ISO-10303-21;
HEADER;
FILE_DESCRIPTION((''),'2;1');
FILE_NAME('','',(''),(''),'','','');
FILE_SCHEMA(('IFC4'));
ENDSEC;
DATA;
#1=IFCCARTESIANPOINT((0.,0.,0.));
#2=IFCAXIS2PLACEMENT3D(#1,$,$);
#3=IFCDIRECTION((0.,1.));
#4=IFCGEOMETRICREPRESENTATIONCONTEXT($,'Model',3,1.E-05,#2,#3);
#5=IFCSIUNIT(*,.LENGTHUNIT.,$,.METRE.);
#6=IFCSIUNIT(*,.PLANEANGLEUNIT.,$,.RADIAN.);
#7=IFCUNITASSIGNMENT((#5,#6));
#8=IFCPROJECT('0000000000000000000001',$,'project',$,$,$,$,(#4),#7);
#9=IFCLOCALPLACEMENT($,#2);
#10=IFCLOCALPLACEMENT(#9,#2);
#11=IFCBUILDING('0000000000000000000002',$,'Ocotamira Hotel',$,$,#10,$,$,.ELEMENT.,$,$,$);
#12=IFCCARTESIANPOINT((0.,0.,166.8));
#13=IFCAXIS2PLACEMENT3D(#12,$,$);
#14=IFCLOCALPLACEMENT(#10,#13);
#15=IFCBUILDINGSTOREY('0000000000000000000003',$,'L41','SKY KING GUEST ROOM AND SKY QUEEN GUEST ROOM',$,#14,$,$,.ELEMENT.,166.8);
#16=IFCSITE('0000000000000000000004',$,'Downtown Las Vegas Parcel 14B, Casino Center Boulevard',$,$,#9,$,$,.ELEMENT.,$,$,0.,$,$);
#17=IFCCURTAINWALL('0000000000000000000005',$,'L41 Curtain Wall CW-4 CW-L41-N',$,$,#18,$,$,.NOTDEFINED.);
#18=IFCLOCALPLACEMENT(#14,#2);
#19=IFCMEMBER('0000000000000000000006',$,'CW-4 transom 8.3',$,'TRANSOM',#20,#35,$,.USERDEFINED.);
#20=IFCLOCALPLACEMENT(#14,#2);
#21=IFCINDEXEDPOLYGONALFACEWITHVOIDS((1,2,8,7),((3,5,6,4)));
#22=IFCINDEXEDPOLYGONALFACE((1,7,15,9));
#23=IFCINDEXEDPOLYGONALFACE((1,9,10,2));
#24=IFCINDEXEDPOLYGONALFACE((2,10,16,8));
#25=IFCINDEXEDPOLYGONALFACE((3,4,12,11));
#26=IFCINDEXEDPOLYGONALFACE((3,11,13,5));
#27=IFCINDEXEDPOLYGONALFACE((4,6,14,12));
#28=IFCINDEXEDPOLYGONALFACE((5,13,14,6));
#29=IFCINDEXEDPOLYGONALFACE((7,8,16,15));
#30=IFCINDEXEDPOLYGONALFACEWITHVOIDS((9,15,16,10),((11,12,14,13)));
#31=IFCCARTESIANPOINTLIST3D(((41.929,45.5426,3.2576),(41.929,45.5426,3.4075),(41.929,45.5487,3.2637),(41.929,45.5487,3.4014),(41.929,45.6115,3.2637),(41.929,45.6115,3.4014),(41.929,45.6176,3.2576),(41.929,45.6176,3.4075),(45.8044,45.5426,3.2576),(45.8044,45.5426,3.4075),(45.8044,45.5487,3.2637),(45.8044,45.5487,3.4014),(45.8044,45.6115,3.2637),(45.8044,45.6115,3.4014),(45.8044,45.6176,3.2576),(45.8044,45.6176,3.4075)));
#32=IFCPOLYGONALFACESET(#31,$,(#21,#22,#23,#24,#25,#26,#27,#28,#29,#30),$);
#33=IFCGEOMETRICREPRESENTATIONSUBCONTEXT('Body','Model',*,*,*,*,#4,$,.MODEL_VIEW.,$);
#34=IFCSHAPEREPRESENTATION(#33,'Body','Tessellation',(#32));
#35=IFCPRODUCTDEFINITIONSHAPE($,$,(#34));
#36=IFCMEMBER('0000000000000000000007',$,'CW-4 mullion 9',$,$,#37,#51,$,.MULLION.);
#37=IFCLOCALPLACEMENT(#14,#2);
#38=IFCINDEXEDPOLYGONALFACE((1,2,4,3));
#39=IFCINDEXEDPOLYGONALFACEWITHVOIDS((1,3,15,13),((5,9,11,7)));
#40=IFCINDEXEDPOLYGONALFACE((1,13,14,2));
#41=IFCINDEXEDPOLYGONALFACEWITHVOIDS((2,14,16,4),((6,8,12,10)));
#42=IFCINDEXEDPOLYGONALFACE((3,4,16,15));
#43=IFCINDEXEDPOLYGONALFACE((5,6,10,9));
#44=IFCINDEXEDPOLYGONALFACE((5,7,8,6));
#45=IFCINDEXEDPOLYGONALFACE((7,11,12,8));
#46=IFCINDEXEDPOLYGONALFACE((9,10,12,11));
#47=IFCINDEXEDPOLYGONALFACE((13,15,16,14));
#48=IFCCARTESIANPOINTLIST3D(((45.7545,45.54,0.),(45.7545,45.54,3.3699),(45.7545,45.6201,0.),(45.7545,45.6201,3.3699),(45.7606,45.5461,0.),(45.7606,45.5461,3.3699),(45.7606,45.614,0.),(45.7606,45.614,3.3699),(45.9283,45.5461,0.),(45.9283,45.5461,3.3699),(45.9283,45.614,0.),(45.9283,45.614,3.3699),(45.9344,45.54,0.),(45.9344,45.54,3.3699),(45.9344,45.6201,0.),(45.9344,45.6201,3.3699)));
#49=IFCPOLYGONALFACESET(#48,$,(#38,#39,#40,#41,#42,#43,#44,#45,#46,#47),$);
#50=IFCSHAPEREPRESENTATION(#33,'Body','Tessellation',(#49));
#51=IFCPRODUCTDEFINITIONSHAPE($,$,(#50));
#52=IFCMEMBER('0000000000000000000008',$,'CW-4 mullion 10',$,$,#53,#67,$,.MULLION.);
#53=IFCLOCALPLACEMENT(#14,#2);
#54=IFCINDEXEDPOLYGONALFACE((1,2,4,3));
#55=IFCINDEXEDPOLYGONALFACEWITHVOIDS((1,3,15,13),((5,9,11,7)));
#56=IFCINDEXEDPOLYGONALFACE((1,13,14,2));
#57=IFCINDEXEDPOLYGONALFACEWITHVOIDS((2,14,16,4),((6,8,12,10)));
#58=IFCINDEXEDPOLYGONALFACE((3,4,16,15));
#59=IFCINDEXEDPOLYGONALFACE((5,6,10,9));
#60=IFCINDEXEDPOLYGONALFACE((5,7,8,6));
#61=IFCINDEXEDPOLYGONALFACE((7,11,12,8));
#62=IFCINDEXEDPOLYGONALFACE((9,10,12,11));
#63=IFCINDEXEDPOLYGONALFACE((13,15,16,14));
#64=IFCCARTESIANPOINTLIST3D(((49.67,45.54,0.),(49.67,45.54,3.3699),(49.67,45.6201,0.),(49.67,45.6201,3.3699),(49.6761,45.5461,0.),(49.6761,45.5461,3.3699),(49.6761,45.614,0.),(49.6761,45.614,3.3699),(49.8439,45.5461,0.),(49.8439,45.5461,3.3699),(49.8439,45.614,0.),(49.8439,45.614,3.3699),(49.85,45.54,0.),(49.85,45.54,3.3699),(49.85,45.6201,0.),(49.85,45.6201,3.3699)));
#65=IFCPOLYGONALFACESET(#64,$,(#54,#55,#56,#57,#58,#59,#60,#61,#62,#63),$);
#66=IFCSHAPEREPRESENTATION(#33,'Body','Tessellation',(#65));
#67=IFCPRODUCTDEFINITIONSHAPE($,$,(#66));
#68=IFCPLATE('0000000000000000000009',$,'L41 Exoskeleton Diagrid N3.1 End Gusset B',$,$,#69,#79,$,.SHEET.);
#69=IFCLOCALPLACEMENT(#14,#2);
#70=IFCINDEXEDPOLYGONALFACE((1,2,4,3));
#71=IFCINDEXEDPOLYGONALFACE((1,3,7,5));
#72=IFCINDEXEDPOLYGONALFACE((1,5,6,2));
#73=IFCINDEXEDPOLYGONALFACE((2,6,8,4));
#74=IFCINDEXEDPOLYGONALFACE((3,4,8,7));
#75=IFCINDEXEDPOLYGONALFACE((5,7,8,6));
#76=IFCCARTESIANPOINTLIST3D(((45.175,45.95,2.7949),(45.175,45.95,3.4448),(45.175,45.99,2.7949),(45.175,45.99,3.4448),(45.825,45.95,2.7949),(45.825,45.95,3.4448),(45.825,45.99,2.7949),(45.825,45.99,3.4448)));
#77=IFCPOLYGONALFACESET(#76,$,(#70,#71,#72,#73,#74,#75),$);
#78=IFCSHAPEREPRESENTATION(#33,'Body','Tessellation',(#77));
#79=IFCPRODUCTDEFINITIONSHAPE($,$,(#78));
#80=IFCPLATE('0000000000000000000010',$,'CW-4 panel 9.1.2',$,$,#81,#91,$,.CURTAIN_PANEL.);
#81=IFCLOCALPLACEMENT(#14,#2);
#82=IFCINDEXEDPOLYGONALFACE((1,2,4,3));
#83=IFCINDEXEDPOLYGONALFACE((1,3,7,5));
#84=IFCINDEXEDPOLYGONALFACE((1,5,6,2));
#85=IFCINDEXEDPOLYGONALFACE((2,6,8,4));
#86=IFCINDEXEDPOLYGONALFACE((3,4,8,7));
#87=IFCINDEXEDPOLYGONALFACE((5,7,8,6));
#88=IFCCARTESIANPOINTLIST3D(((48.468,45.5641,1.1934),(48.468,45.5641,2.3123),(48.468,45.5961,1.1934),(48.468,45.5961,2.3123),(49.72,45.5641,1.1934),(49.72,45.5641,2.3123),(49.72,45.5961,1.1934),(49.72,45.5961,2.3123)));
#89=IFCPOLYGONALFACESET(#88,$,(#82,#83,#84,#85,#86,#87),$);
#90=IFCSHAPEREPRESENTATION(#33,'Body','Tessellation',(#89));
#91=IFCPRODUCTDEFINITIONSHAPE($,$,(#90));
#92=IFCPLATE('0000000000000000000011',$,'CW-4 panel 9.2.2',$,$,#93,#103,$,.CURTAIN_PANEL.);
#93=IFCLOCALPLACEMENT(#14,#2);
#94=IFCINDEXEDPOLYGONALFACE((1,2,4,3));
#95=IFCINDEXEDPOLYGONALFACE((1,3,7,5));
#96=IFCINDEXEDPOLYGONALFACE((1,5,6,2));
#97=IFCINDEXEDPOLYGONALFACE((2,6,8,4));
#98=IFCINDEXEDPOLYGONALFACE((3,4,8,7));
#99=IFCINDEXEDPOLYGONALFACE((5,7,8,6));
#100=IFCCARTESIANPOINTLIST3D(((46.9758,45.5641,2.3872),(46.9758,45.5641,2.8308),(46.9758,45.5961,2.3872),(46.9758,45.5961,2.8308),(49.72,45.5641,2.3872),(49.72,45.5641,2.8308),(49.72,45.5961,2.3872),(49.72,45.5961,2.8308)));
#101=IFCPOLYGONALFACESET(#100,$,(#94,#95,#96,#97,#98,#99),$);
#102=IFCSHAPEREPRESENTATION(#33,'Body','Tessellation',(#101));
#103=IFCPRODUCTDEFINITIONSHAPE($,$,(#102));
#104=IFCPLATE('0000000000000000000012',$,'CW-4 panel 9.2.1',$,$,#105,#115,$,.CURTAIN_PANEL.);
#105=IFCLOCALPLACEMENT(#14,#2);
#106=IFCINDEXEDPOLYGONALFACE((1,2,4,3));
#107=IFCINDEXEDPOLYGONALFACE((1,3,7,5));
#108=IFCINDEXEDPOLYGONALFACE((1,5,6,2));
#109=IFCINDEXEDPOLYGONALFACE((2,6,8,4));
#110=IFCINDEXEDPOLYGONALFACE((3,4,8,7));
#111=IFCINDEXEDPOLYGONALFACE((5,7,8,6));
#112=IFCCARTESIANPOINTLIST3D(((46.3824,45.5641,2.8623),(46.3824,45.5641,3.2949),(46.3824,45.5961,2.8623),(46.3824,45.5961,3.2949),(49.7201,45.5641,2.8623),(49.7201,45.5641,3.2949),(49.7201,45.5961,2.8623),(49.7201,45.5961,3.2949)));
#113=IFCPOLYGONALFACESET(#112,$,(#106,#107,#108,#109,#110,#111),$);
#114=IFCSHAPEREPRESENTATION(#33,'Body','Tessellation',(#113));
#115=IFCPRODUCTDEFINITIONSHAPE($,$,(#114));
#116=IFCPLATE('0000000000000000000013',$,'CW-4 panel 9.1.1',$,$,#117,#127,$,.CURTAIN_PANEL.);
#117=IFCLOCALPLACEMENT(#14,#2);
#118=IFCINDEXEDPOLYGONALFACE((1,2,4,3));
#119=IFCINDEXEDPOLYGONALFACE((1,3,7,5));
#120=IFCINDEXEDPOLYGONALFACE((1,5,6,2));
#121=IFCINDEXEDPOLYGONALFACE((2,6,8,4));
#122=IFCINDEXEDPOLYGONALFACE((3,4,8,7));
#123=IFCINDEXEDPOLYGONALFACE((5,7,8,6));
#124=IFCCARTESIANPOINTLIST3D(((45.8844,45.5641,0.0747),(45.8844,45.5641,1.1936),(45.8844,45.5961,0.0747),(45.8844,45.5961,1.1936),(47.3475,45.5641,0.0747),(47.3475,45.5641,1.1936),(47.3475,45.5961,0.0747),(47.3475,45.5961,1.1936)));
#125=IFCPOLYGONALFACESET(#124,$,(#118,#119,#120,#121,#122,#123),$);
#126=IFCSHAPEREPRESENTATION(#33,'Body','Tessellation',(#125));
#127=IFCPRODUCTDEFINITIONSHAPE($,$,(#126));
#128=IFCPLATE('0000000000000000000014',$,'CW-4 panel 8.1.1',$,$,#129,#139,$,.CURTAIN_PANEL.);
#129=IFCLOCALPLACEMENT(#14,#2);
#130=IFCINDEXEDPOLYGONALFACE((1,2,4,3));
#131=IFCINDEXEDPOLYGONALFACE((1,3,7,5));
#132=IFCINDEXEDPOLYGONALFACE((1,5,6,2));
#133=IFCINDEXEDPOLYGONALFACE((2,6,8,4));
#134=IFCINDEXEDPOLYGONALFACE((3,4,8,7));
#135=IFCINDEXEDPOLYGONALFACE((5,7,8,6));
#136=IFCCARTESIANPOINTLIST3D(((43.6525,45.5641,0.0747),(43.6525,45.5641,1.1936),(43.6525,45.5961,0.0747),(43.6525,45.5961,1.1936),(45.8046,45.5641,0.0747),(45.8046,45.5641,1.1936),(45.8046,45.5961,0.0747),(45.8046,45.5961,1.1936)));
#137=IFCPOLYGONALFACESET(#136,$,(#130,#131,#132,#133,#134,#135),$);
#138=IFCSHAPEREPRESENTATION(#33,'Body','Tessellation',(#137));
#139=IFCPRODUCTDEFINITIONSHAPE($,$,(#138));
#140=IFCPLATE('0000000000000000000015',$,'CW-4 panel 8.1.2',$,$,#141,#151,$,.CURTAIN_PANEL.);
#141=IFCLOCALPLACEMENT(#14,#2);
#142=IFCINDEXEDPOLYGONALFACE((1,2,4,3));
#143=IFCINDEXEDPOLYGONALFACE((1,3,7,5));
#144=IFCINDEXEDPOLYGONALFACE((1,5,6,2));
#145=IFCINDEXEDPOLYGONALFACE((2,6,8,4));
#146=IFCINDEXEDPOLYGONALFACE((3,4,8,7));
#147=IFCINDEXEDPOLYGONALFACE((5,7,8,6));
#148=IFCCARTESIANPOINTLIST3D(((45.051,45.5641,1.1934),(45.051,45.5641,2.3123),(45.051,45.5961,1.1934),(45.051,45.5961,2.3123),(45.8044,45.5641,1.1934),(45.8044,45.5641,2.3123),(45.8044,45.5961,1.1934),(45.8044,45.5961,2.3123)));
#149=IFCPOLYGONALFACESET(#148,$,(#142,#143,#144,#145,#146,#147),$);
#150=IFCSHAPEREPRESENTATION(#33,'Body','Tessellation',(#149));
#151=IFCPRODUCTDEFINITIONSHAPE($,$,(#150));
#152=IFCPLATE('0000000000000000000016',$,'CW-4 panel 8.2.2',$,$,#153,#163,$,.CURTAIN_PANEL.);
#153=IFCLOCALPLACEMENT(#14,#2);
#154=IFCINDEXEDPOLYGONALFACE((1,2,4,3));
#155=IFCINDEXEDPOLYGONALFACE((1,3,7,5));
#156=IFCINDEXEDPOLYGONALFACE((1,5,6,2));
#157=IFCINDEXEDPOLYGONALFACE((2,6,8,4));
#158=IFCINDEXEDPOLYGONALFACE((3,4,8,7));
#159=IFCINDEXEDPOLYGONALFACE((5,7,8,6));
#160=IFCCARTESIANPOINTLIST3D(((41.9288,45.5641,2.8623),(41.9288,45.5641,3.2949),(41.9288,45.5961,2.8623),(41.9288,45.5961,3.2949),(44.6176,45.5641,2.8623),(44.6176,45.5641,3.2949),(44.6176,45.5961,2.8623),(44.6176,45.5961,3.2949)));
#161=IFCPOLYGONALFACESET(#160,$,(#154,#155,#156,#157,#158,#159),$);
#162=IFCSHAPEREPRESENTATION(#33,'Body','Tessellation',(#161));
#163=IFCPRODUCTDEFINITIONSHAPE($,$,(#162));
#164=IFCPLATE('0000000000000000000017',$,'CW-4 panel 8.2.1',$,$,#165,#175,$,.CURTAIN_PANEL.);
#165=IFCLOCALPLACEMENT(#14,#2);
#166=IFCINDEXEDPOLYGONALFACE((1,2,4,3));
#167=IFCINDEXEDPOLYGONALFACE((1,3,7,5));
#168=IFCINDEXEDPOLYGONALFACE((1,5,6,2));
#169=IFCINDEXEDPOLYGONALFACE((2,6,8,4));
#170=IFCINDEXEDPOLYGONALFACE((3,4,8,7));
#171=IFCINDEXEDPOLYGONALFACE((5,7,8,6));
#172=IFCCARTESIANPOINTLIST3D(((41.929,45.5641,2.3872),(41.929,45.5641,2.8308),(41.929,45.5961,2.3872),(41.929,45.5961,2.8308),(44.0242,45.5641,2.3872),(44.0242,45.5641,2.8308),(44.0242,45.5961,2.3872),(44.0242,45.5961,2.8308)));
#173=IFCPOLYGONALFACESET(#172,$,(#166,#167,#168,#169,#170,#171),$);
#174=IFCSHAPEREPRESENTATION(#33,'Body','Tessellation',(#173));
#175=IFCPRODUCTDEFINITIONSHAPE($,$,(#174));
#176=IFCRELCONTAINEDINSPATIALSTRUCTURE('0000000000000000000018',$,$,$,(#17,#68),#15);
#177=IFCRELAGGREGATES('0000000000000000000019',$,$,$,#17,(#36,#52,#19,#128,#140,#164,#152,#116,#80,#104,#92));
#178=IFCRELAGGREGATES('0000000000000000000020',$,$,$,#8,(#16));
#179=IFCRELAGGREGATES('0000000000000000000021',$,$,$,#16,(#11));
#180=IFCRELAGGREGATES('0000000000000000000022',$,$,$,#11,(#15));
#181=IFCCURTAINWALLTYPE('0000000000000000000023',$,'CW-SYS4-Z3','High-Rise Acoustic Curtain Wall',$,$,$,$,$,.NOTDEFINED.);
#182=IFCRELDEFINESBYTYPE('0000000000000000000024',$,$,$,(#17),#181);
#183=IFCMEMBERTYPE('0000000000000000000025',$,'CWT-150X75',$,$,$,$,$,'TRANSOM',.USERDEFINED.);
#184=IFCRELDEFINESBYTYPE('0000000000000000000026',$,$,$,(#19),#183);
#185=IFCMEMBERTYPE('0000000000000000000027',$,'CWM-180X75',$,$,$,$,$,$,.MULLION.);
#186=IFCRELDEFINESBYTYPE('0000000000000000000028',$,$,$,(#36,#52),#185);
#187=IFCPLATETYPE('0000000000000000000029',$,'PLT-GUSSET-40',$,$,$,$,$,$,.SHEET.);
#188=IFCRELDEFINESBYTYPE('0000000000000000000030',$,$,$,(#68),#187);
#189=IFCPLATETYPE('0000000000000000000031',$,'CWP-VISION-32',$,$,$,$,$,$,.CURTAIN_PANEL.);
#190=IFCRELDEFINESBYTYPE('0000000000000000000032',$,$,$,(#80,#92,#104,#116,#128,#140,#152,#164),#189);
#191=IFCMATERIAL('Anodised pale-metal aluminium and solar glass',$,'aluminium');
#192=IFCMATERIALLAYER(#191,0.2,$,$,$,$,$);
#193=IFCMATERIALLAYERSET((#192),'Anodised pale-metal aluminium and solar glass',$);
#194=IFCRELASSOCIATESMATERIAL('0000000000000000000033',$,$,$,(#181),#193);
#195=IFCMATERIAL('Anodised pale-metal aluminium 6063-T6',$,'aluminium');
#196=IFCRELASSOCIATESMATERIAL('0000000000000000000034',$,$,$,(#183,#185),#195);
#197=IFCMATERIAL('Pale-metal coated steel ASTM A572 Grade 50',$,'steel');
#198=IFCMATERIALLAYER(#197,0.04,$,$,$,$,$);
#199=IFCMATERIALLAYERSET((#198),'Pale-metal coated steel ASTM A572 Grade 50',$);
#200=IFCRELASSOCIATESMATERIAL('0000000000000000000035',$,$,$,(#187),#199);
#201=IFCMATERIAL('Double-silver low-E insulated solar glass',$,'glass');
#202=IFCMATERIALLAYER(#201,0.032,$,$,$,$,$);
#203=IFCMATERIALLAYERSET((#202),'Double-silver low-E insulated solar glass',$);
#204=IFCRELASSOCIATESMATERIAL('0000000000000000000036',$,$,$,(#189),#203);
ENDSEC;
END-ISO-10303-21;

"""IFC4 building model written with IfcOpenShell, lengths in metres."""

from ifc_helpers import new_model, si_unit, direction, frame, origin, origin_2d, place, context, subcontext, project, spatial, rectangle, hollow_rectangle, extrude, source, transform, mapped, material, layer, layer_set, material_profile, profile_set, type_object, element, aggregate, save


model = new_model("IFC4")

# Units and contexts
model_context = context("Model", 3, precision=1e-05, world=origin(), true_north=direction((0.0, 1.0)))
body_context = subcontext(model_context, "Body", "Model", "MODEL_VIEW")
ifc_project = project(units=[si_unit("LENGTHUNIT", "METRE"), si_unit("PLANEANGLEUNIT", "RADIAN")], contexts=[model_context])

# Site, building, storey
site_placement = place(None, origin())
site = spatial("IfcSite", under=ifc_project, at=site_placement, Name="Downtown Las Vegas Parcel 14B, Casino Center Boulevard", CompositionType="ELEMENT", RefElevation=0.0)
building_placement = place(site_placement, origin())
building = spatial("IfcBuilding", under=site, at=building_placement, Name="Ocotamira Hotel", CompositionType="ELEMENT")
storey_placement = place(building_placement, frame((0.0, 0.0, 166.8)))
storey = spatial("IfcBuildingStorey", under=building, at=storey_placement, Name="L41", Description="SKY KING GUEST ROOM AND SKY QUEEN GUEST ROOM", CompositionType="ELEMENT", Elevation=166.8)

# Curtain wall, members
ifc_material_1 = material(Name="Anodised pale-metal aluminium and solar glass", Category="aluminium")
ifc_layer_1 = layer(ifc_material_1, 0.2)
ifc_layer_set_1 = layer_set([ifc_layer_1], Name="Anodised pale-metal aluminium and solar glass")
curtain_wall_type = type_object("IfcCurtainWallType", Name="CW-SYS4-Z3", Description="High-Rise Acoustic Curtain Wall", PredefinedType="NOTDEFINED", material=ifc_layer_set_1)
curtain_wall_placement = place(storey_placement, origin())
curtain_wall = element("IfcCurtainWall", 1, at=curtain_wall_placement, inside=storey, type_object=curtain_wall_type, Name="L41 Curtain Wall CW-4 CW-L41-N", PredefinedType="NOTDEFINED")
ifc_material_2 = material(Name="Anodised pale-metal aluminium 6063-T6", Category="aluminium")
ifc_material_profile_1 = material_profile(ifc_material_2, hollow_rectangle(XDim=0.075, YDim=0.1499, WallThickness=0.0061, at=origin_2d()), Name="HSS150X75X6")
ifc_profile_set_1 = profile_set([ifc_material_profile_1], Name="Anodised pale-metal aluminium 6063-T6")
member_type_1 = type_object("IfcMemberType", Name="CWT-150X75", ElementType="TRANSOM", PredefinedType="USERDEFINED", material=ifc_profile_set_1)
shared_shape_1 = source(origin(), body_context, "Body", "SweptSolid", [
    extrude(hollow_rectangle(XDim=0.075, YDim=0.1499, WallThickness=0.0061, at=origin_2d()), origin(), (0.0, 0.0, 1.0), 3.8755),
])
member_1_placement = place(storey_placement, frame((41.929, 45.5801, 3.3325), z_axis=(1.0, 0.0, 0.0), x_axis=(0.0, 1.0, 0.0)))
member_1 = element("IfcMember", 2, at=member_1_placement, type_object=member_type_1, Name="CW-4 transom 8.3", ObjectType="TRANSOM", PredefinedType="USERDEFINED", context=body_context, shape_type="MappedRepresentation", body=[
    mapped(shared_shape_1, transform((0.0, 0.0, 0.0), scale=1.0)),
])
ifc_material_profile_2 = material_profile(ifc_material_2, hollow_rectangle(XDim=0.0801, YDim=0.1799, WallThickness=0.0061, at=origin_2d()), Name="HSS180X80X6")
ifc_profile_set_2 = profile_set([ifc_material_profile_2], Name="Anodised pale-metal aluminium 6063-T6")
member_type_2 = type_object("IfcMemberType", Name="CWM-180X75", PredefinedType="MULLION", material=ifc_profile_set_2)
shared_shape_2 = source(origin(), body_context, "Body", "SweptSolid", [
    extrude(hollow_rectangle(XDim=0.0801, YDim=0.1799, WallThickness=0.0061, at=origin_2d()), origin(), (0.0, 0.0, 1.0), 3.3699),
])
member_2_placement = place(storey_placement, frame((45.8445, 45.5801, 0.0), z_axis=(0.0, 0.0, 1.0), x_axis=(0.0, 1.0, 0.0)))
member_2 = element("IfcMember", 3, at=member_2_placement, type_object=member_type_2, Name="CW-4 mullion 9", PredefinedType="MULLION", context=body_context, shape_type="MappedRepresentation", body=[
    mapped(shared_shape_2, transform((0.0, 0.0, 0.0), scale=1.0)),
])
member_3_placement = place(storey_placement, frame((49.76, 45.5801, 0.0), z_axis=(0.0, 0.0, 1.0), x_axis=(0.0, 1.0, 0.0)))
member_3 = element("IfcMember", 4, at=member_3_placement, type_object=member_type_2, Name="CW-4 mullion 10", PredefinedType="MULLION", context=body_context, shape_type="MappedRepresentation", body=[
    mapped(shared_shape_2, transform((0.0, 0.0, 0.0), scale=1.0)),
])

# Plates
ifc_material_3 = material(Name="Pale-metal coated steel ASTM A572 Grade 50", Category="steel")
ifc_layer_2 = layer(ifc_material_3, 0.04)
ifc_layer_set_2 = layer_set([ifc_layer_2], Name="Pale-metal coated steel ASTM A572 Grade 50")
plate_type_1 = type_object("IfcPlateType", Name="PLT-GUSSET-40", PredefinedType="SHEET", material=ifc_layer_set_2)
shared_shape_3 = source(origin(), body_context, "Body", "SweptSolid", [
    extrude(rectangle(XDim=0.6499, YDim=0.04, at=origin_2d()), origin(), (0.0, 0.0, 1.0), 0.6499),
])
plate_1_placement = place(storey_placement, frame((45.5, 45.97, 2.7949), z_axis=(0.0, 0.0, 1.0), x_axis=(1.0, 0.0, 0.0)))
element("IfcPlate", 5, at=plate_1_placement, inside=storey, type_object=plate_type_1, Name="L41 Exoskeleton Diagrid N3.1 End Gusset B", PredefinedType="SHEET", context=body_context, shape_type="MappedRepresentation", body=[
    mapped(shared_shape_3, transform((0.0, 0.0, 0.0), scale=1.0)),
])
ifc_material_4 = material(Name="Double-silver low-E insulated solar glass", Category="glass")
ifc_layer_3 = layer(ifc_material_4, 0.032)
ifc_layer_set_3 = layer_set([ifc_layer_3], Name="Double-silver low-E insulated solar glass")
plate_type_2 = type_object("IfcPlateType", Name="CWP-VISION-32", PredefinedType="CURTAIN_PANEL", material=ifc_layer_set_3)
shared_shape_4 = source(origin(), body_context, "Body", "SweptSolid", [
    extrude(rectangle(XDim=1.252, YDim=0.032, at=origin_2d()), origin(), (0.0, 0.0, 1.0), 1.1189),
])
plate_2_placement = place(storey_placement, frame((49.094, 45.5801, 1.1934), z_axis=(0.0, 0.0, 1.0), x_axis=(1.0, 0.0, 0.0)))
plate_2 = element("IfcPlate", 6, at=plate_2_placement, type_object=plate_type_2, Name="CW-4 panel 9.1.2", PredefinedType="CURTAIN_PANEL", context=body_context, shape_type="MappedRepresentation", body=[
    mapped(shared_shape_4, transform((0.0, 0.0, 0.0), scale=1.0)),
])
shared_shape_5 = source(origin(), body_context, "Body", "SweptSolid", [
    extrude(rectangle(XDim=2.7441, YDim=0.032, at=origin_2d()), origin(), (0.0, 0.0, 1.0), 0.4436),
])
plate_3_placement = place(storey_placement, frame((48.3479, 45.5801, 2.3872), z_axis=(0.0, 0.0, 1.0), x_axis=(1.0, 0.0, 0.0)))
plate_3 = element("IfcPlate", 7, at=plate_3_placement, type_object=plate_type_2, Name="CW-4 panel 9.2.2", PredefinedType="CURTAIN_PANEL", context=body_context, shape_type="MappedRepresentation", body=[
    mapped(shared_shape_5, transform((0.0, 0.0, 0.0), scale=1.0)),
])
shared_shape_6 = source(origin(), body_context, "Body", "SweptSolid", [
    extrude(rectangle(XDim=3.3376, YDim=0.032, at=origin_2d()), origin(), (0.0, 0.0, 1.0), 0.4326),
])
plate_4_placement = place(storey_placement, frame((48.0513, 45.5801, 2.8623), z_axis=(0.0, 0.0, 1.0), x_axis=(1.0, 0.0, 0.0)))
plate_4 = element("IfcPlate", 8, at=plate_4_placement, type_object=plate_type_2, Name="CW-4 panel 9.2.1", PredefinedType="CURTAIN_PANEL", context=body_context, shape_type="MappedRepresentation", body=[
    mapped(shared_shape_6, transform((0.0, 0.0, 0.0), scale=1.0)),
])
shared_shape_7 = source(origin(), body_context, "Body", "SweptSolid", [
    extrude(rectangle(XDim=1.4631, YDim=0.032, at=origin_2d()), origin(), (0.0, 0.0, 1.0), 1.1189),
])
plate_5_placement = place(storey_placement, frame((46.616, 45.5801, 0.0747), z_axis=(0.0, 0.0, 1.0), x_axis=(1.0, 0.0, 0.0)))
plate_5 = element("IfcPlate", 9, at=plate_5_placement, type_object=plate_type_2, Name="CW-4 panel 9.1.1", PredefinedType="CURTAIN_PANEL", context=body_context, shape_type="MappedRepresentation", body=[
    mapped(shared_shape_7, transform((0.0, 0.0, 0.0), scale=1.0)),
])
shared_shape_8 = source(origin(), body_context, "Body", "SweptSolid", [
    extrude(rectangle(XDim=2.1521, YDim=0.032, at=origin_2d()), origin(), (0.0, 0.0, 1.0), 1.1189),
])
plate_6_placement = place(storey_placement, frame((44.7285, 45.5801, 0.0747), z_axis=(0.0, 0.0, 1.0), x_axis=(1.0, 0.0, 0.0)))
plate_6 = element("IfcPlate", 10, at=plate_6_placement, type_object=plate_type_2, Name="CW-4 panel 8.1.1", PredefinedType="CURTAIN_PANEL", context=body_context, shape_type="MappedRepresentation", body=[
    mapped(shared_shape_8, transform((0.0, 0.0, 0.0), scale=1.0)),
])
shared_shape_9 = source(origin(), body_context, "Body", "SweptSolid", [
    extrude(rectangle(XDim=0.7534, YDim=0.032, at=origin_2d()), origin(), (0.0, 0.0, 1.0), 1.1189),
])
plate_7_placement = place(storey_placement, frame((45.4277, 45.5801, 1.1934), z_axis=(0.0, 0.0, 1.0), x_axis=(1.0, 0.0, 0.0)))
plate_7 = element("IfcPlate", 11, at=plate_7_placement, type_object=plate_type_2, Name="CW-4 panel 8.1.2", PredefinedType="CURTAIN_PANEL", context=body_context, shape_type="MappedRepresentation", body=[
    mapped(shared_shape_9, transform((0.0, 0.0, 0.0), scale=1.0)),
])
shared_shape_10 = source(origin(), body_context, "Body", "SweptSolid", [
    extrude(rectangle(XDim=2.6887, YDim=0.032, at=origin_2d()), origin(), (0.0, 0.0, 1.0), 0.4326),
])
plate_8_placement = place(storey_placement, frame((43.2732, 45.5801, 2.8623), z_axis=(0.0, 0.0, 1.0), x_axis=(1.0, 0.0, 0.0)))
plate_8 = element("IfcPlate", 12, at=plate_8_placement, type_object=plate_type_2, Name="CW-4 panel 8.2.2", PredefinedType="CURTAIN_PANEL", context=body_context, shape_type="MappedRepresentation", body=[
    mapped(shared_shape_10, transform((0.0, 0.0, 0.0), scale=1.0)),
])
shared_shape_11 = source(origin(), body_context, "Body", "SweptSolid", [
    extrude(rectangle(XDim=2.0952, YDim=0.032, at=origin_2d()), origin(), (0.0, 0.0, 1.0), 0.4436),
])
plate_9_placement = place(storey_placement, frame((42.9766, 45.5801, 2.3872), z_axis=(0.0, 0.0, 1.0), x_axis=(1.0, 0.0, 0.0)))
plate_9 = element("IfcPlate", 13, at=plate_9_placement, type_object=plate_type_2, Name="CW-4 panel 8.2.1", PredefinedType="CURTAIN_PANEL", context=body_context, shape_type="MappedRepresentation", body=[
    mapped(shared_shape_11, transform((0.0, 0.0, 0.0), scale=1.0)),
])
aggregate(curtain_wall, [member_2, member_3, member_1, plate_6, plate_7, plate_9, plate_8, plate_5, plate_2, plate_4, plate_3])

save(model, "model.ifc")
